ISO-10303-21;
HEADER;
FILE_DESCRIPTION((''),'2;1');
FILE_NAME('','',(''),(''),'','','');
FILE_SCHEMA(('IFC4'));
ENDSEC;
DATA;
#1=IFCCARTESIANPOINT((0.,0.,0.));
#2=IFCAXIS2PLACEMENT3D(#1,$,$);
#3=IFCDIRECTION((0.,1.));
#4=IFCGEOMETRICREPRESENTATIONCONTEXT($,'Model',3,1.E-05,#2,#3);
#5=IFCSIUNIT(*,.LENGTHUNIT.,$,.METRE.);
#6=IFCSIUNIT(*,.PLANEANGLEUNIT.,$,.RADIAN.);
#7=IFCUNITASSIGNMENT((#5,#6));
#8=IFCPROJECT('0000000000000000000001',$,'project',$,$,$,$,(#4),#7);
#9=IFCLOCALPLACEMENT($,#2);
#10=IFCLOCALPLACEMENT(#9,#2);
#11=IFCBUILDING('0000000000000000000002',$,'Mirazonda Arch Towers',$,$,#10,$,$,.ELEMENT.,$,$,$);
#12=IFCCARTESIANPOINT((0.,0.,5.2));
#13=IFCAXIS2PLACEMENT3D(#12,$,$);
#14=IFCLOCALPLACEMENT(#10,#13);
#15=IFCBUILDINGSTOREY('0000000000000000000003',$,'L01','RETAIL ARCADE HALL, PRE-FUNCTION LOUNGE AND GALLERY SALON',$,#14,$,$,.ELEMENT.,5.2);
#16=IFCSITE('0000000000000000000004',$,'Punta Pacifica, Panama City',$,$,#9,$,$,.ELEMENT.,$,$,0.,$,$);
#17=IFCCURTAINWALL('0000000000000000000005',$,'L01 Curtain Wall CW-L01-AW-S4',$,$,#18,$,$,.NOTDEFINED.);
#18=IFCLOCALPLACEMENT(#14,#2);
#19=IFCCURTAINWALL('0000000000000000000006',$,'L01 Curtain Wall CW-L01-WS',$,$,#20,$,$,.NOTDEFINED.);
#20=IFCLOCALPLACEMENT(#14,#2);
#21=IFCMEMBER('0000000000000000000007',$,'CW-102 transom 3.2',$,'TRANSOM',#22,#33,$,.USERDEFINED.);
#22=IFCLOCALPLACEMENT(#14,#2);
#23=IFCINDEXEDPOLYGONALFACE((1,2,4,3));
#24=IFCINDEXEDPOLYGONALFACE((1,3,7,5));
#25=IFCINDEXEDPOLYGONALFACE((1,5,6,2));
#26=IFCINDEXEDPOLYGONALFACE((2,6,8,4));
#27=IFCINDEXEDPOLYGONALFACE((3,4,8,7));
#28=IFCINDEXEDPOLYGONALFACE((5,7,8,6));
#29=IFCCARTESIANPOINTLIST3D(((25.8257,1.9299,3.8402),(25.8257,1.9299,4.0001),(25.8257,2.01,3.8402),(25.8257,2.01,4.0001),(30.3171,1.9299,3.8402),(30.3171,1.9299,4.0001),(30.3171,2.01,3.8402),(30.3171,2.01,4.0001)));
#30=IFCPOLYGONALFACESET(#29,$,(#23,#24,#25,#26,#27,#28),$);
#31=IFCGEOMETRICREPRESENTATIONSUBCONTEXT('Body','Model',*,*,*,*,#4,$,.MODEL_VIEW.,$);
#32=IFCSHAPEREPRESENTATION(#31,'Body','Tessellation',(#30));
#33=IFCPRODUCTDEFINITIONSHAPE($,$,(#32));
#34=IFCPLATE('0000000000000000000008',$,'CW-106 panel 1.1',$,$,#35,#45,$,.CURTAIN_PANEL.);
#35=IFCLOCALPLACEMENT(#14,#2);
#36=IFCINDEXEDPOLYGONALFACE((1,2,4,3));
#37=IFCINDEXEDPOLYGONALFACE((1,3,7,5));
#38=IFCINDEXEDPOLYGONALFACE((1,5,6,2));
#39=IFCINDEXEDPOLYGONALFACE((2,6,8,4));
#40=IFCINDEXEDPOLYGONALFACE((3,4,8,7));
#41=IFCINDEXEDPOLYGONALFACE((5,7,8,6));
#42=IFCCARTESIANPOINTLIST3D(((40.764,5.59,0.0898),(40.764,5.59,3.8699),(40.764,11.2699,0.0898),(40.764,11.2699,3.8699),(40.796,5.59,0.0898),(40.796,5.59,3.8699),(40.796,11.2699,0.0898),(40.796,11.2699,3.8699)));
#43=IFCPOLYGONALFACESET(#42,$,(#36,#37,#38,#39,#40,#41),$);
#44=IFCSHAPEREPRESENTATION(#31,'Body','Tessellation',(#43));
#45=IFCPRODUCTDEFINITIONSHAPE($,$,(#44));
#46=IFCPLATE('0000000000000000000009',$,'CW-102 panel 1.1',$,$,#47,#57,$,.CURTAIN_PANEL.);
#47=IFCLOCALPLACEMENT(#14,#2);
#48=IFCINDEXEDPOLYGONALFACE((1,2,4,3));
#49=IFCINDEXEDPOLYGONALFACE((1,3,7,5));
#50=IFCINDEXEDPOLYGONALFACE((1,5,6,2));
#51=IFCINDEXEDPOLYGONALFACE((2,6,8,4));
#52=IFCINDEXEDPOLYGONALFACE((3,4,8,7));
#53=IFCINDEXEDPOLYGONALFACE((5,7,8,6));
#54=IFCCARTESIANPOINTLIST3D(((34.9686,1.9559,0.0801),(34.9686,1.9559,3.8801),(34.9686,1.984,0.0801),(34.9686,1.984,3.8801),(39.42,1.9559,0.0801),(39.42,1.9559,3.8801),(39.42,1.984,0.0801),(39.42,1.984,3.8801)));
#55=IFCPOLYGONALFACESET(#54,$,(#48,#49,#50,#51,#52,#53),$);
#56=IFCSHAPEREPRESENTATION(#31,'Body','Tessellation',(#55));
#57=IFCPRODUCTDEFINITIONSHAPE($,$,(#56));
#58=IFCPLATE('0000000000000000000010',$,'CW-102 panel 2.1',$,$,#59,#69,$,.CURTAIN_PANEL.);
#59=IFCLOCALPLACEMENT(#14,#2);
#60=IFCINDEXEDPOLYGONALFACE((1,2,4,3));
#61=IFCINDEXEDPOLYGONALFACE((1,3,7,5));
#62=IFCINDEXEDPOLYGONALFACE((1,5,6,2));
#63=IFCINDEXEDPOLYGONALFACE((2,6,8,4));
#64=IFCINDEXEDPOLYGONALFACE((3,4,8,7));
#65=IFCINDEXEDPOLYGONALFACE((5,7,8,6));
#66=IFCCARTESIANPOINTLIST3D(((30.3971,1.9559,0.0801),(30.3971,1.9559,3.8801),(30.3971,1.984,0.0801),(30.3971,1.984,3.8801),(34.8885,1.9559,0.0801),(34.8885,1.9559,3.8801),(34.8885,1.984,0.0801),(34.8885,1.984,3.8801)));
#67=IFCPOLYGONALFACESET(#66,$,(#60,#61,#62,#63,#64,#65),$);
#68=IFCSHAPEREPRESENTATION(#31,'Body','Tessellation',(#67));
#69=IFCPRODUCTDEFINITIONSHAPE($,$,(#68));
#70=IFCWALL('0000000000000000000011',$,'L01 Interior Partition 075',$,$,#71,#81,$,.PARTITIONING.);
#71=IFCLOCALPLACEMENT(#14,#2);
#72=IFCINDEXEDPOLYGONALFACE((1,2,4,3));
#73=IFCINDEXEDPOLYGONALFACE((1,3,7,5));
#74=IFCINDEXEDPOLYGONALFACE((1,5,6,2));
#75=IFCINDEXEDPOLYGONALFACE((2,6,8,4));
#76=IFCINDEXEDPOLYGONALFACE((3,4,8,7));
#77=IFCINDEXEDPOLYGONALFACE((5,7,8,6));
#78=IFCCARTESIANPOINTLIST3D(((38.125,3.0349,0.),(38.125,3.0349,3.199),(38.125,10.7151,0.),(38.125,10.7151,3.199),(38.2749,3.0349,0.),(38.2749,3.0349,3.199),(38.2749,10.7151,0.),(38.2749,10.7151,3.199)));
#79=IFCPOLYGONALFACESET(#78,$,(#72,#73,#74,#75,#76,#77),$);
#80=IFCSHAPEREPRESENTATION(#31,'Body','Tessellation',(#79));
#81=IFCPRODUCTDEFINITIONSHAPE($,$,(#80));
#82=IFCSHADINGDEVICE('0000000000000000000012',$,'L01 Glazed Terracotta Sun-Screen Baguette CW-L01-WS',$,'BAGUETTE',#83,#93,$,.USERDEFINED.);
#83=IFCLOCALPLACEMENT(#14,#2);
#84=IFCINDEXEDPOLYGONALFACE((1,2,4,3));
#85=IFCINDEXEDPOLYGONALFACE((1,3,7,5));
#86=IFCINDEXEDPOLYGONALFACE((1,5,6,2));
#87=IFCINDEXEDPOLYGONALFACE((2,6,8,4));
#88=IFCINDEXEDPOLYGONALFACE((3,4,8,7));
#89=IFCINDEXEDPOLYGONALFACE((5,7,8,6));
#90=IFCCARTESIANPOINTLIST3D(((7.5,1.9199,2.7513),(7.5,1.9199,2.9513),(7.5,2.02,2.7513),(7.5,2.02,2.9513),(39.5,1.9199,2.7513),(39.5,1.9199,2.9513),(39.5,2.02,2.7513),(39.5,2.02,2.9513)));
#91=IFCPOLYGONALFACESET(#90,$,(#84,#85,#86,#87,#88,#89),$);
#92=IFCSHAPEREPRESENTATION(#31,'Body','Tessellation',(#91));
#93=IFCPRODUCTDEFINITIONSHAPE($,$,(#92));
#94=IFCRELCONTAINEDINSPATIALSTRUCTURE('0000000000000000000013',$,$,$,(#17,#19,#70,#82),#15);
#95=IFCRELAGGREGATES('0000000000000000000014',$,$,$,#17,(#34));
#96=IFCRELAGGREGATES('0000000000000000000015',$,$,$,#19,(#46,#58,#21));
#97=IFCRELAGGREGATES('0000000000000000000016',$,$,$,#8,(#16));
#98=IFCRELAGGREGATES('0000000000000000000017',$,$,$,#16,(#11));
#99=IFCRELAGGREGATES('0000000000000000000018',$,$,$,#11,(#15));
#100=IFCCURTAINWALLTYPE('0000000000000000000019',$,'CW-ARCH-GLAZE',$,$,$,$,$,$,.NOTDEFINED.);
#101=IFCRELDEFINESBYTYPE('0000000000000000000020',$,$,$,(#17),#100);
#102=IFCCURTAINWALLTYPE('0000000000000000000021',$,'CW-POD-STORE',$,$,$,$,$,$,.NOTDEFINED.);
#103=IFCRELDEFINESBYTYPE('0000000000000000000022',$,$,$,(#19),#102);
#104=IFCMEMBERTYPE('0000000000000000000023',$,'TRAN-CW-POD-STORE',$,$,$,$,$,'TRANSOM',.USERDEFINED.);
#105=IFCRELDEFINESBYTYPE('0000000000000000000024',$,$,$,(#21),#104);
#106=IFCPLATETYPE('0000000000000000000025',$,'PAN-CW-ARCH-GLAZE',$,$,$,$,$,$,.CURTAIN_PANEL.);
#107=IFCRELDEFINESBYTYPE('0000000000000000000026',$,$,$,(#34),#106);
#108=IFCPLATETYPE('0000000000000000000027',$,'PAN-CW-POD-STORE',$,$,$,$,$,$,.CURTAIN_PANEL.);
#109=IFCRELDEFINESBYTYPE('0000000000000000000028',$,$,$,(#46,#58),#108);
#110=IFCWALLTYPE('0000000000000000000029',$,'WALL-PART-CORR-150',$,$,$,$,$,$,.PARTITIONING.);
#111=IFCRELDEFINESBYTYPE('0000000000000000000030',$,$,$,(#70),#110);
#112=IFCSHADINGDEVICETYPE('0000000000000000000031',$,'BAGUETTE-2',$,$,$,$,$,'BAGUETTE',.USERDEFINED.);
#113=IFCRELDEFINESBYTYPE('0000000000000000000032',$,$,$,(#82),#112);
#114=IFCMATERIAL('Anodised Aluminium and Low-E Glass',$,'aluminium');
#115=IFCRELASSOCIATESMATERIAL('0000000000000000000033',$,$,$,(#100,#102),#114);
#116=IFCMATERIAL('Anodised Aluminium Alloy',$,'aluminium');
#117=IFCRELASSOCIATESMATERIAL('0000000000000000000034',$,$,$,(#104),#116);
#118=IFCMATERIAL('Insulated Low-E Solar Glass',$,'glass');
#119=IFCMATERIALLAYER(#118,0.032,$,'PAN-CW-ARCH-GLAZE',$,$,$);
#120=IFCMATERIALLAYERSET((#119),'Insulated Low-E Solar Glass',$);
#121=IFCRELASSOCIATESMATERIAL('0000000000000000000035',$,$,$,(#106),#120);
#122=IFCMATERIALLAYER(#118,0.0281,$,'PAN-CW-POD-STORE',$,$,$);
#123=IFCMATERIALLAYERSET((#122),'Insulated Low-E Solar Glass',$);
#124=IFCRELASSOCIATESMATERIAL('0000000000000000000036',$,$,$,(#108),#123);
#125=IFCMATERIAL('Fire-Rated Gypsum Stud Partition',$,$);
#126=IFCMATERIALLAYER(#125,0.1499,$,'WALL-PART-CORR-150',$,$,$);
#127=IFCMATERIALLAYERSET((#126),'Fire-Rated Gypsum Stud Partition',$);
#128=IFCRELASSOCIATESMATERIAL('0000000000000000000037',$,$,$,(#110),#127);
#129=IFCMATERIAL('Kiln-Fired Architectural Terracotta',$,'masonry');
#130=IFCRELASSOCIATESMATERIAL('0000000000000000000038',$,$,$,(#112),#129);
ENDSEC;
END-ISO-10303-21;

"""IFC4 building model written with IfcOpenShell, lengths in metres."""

from ifc_helpers import new_model, si_unit, direction, frame, frame_2d, origin, origin_2d, place, context, subcontext, project, spatial, rectangle, extrude, material, layer, layer_set, material_profile, profile_set, type_object, element, aggregate, save


model = new_model("IFC4")

# Units and contexts
model_context = context("Model", 3, precision=1e-05, world=origin(), true_north=direction((0.0, 1.0)))
body_context = subcontext(model_context, "Body", "Model", "MODEL_VIEW")
ifc_project = project(units=[si_unit("LENGTHUNIT", "METRE"), si_unit("PLANEANGLEUNIT", "RADIAN")], contexts=[model_context])

# Site, building, storey
site_placement = place(None, origin())
site = spatial("IfcSite", under=ifc_project, at=site_placement, Name="Punta Pacifica, Panama City", CompositionType="ELEMENT", RefElevation=0.0)
building_placement = place(site_placement, origin())
building = spatial("IfcBuilding", under=site, at=building_placement, Name="Mirazonda Arch Towers", CompositionType="ELEMENT")
storey_placement = place(building_placement, frame((0.0, 0.0, 5.2)))
storey = spatial("IfcBuildingStorey", under=building, at=storey_placement, Name="L01", Description="RETAIL ARCADE HALL, PRE-FUNCTION LOUNGE AND GALLERY SALON", CompositionType="ELEMENT", Elevation=5.2)

# Curtain wall
ifc_material_1 = material(Name="Anodised Aluminium and Low-E Glass", Category="aluminium")
curtain_wall_type_1 = type_object("IfcCurtainWallType", Name="CW-ARCH-GLAZE", PredefinedType="NOTDEFINED", material=ifc_material_1)
curtain_wall_1_placement = place(storey_placement, origin())
curtain_wall_1 = element("IfcCurtainWall", 1, at=curtain_wall_1_placement, inside=storey, type_object=curtain_wall_type_1, Name="L01 Curtain Wall CW-L01-AW-S4", PredefinedType="NOTDEFINED")
ifc_material_2 = material(Name="Anodised Aluminium Alloy", Category="aluminium")

# Curtain wall, member
curtain_wall_type_2 = type_object("IfcCurtainWallType", Name="CW-POD-STORE", PredefinedType="NOTDEFINED", material=ifc_material_1)
curtain_wall_2_placement = place(storey_placement, origin())
curtain_wall_2 = element("IfcCurtainWall", 2, at=curtain_wall_2_placement, inside=storey, type_object=curtain_wall_type_2, Name="L01 Curtain Wall CW-L01-WS", PredefinedType="NOTDEFINED")
ifc_material_profile_1 = material_profile(ifc_material_2, rectangle(XDim=0.0801, YDim=0.1599, at=origin_2d()), Name="ALU-TRAN-80x160")
ifc_profile_set_1 = profile_set([ifc_material_profile_1], Name="Anodised Aluminium Alloy")
member_type_1 = type_object("IfcMemberType", Name="TRAN-CW-POD-STORE", ElementType="TRANSOM", PredefinedType="USERDEFINED", material=ifc_profile_set_1)
member_1_placement = place(storey_placement, frame((30.3171, 1.97, 3.9202), z_axis=(-1.0, 0.0, 0.0), x_axis=(0.0, -1.0, 0.0)))
member_1 = element("IfcMember", 3, at=member_1_placement, type_object=member_type_1, Name="CW-102 transom 3.2", ObjectType="TRANSOM", PredefinedType="USERDEFINED", context=body_context, shape_type="SweptSolid", body=[
    extrude(rectangle(XDim=0.0801, YDim=0.1599, at=origin_2d()), origin(), (0.0, 0.0, 1.0), 4.4915),
])

# Plates
ifc_material_3 = material(Name="Insulated Low-E Solar Glass", Category="glass")
ifc_layer_1 = layer(ifc_material_3, 0.032, Name="PAN-CW-ARCH-GLAZE")
ifc_layer_set_1 = layer_set([ifc_layer_1], Name="Insulated Low-E Solar Glass")
plate_type_1 = type_object("IfcPlateType", Name="PAN-CW-ARCH-GLAZE", PredefinedType="CURTAIN_PANEL", material=ifc_layer_set_1)
plate_1_placement = place(storey_placement, frame((40.78, 8.4299, 0.0898), z_axis=(0.0, 0.0, 1.0), x_axis=(0.0, -1.0, 0.0)))
plate_1 = element("IfcPlate", 4, at=plate_1_placement, type_object=plate_type_1, Name="CW-106 panel 1.1", PredefinedType="CURTAIN_PANEL", context=body_context, shape_type="SweptSolid", body=[
    extrude(rectangle(XDim=5.6799, YDim=0.032, at=origin_2d()), origin(), (0.0, 0.0, 1.0), 3.78),
])
aggregate(curtain_wall_1, [plate_1])
ifc_layer_2 = layer(ifc_material_3, 0.0281, Name="PAN-CW-POD-STORE")
ifc_layer_set_2 = layer_set([ifc_layer_2], Name="Insulated Low-E Solar Glass")
plate_type_2 = type_object("IfcPlateType", Name="PAN-CW-POD-STORE", PredefinedType="CURTAIN_PANEL", material=ifc_layer_set_2)
plate_2_placement = place(storey_placement, frame((37.1943, 1.97, 0.0801), z_axis=(0.0, 0.0, 1.0), x_axis=(-1.0, 0.0, 0.0)))
plate_2 = element("IfcPlate", 5, at=plate_2_placement, type_object=plate_type_2, Name="CW-102 panel 1.1", PredefinedType="CURTAIN_PANEL", context=body_context, shape_type="SweptSolid", body=[
    extrude(rectangle(XDim=4.4514, YDim=0.0281, at=origin_2d()), origin(), (0.0, 0.0, 1.0), 3.8),
])
plate_3_placement = place(storey_placement, frame((32.6428, 1.97, 0.0801), z_axis=(0.0, 0.0, 1.0), x_axis=(-1.0, 0.0, 0.0)))
plate_3 = element("IfcPlate", 6, at=plate_3_placement, type_object=plate_type_2, Name="CW-102 panel 2.1", PredefinedType="CURTAIN_PANEL", context=body_context, shape_type="SweptSolid", body=[
    extrude(rectangle(XDim=4.4915, YDim=0.0281, at=origin_2d()), origin(), (0.0, 0.0, 1.0), 3.8),
])
aggregate(curtain_wall_2, [plate_2, plate_3, member_1])

# Wall
ifc_material_4 = material(Name="Fire-Rated Gypsum Stud Partition")
ifc_layer_3 = layer(ifc_material_4, 0.1499, Name="WALL-PART-CORR-150")
ifc_layer_set_3 = layer_set([ifc_layer_3], Name="Fire-Rated Gypsum Stud Partition")
wall_type = type_object("IfcWallType", Name="WALL-PART-CORR-150", PredefinedType="PARTITIONING", material=ifc_layer_set_3)
wall_placement = place(storey_placement, frame((38.2, 3.0349, 0.0), z_axis=(0.0, 0.0, 1.0), x_axis=(0.0, 1.0, 0.0)))
element("IfcWall", 7, at=wall_placement, inside=storey, type_object=wall_type, Name="L01 Interior Partition 075", PredefinedType="PARTITIONING", context=body_context, shape_type="SweptSolid", body=[
    extrude(rectangle(XDim=7.6802, YDim=0.1499, at=frame_2d((3.8401, 0.0))), origin(), (0.0, 0.0, 1.0), 3.199),
])

# Shading device
ifc_material_5 = material(Name="Kiln-Fired Architectural Terracotta", Category="masonry")
ifc_material_profile_2 = material_profile(ifc_material_5, rectangle(XDim=0.1001, YDim=0.2, at=origin_2d()), Name="TERRA-BAG-100x200")
ifc_profile_set_2 = profile_set([ifc_material_profile_2], Name="Kiln-Fired Architectural Terracotta")
shading_device_type = type_object("IfcShadingDeviceType", Name="BAGUETTE-2", ElementType="BAGUETTE", PredefinedType="USERDEFINED", material=ifc_profile_set_2)
shading_device_placement = place(storey_placement, frame((39.5, 1.97, 2.8513), z_axis=(-1.0, 0.0, 0.0), x_axis=(0.0, -1.0, 0.0)))
element("IfcShadingDevice", 8, at=shading_device_placement, inside=storey, type_object=shading_device_type, Name="L01 Glazed Terracotta Sun-Screen Baguette CW-L01-WS", ObjectType="BAGUETTE", PredefinedType="USERDEFINED", context=body_context, shape_type="SweptSolid", body=[
    extrude(rectangle(XDim=0.1001, YDim=0.2, at=origin_2d()), origin(), (0.0, 0.0, 1.0), 32.0),
])

save(model, "model.ifc")
